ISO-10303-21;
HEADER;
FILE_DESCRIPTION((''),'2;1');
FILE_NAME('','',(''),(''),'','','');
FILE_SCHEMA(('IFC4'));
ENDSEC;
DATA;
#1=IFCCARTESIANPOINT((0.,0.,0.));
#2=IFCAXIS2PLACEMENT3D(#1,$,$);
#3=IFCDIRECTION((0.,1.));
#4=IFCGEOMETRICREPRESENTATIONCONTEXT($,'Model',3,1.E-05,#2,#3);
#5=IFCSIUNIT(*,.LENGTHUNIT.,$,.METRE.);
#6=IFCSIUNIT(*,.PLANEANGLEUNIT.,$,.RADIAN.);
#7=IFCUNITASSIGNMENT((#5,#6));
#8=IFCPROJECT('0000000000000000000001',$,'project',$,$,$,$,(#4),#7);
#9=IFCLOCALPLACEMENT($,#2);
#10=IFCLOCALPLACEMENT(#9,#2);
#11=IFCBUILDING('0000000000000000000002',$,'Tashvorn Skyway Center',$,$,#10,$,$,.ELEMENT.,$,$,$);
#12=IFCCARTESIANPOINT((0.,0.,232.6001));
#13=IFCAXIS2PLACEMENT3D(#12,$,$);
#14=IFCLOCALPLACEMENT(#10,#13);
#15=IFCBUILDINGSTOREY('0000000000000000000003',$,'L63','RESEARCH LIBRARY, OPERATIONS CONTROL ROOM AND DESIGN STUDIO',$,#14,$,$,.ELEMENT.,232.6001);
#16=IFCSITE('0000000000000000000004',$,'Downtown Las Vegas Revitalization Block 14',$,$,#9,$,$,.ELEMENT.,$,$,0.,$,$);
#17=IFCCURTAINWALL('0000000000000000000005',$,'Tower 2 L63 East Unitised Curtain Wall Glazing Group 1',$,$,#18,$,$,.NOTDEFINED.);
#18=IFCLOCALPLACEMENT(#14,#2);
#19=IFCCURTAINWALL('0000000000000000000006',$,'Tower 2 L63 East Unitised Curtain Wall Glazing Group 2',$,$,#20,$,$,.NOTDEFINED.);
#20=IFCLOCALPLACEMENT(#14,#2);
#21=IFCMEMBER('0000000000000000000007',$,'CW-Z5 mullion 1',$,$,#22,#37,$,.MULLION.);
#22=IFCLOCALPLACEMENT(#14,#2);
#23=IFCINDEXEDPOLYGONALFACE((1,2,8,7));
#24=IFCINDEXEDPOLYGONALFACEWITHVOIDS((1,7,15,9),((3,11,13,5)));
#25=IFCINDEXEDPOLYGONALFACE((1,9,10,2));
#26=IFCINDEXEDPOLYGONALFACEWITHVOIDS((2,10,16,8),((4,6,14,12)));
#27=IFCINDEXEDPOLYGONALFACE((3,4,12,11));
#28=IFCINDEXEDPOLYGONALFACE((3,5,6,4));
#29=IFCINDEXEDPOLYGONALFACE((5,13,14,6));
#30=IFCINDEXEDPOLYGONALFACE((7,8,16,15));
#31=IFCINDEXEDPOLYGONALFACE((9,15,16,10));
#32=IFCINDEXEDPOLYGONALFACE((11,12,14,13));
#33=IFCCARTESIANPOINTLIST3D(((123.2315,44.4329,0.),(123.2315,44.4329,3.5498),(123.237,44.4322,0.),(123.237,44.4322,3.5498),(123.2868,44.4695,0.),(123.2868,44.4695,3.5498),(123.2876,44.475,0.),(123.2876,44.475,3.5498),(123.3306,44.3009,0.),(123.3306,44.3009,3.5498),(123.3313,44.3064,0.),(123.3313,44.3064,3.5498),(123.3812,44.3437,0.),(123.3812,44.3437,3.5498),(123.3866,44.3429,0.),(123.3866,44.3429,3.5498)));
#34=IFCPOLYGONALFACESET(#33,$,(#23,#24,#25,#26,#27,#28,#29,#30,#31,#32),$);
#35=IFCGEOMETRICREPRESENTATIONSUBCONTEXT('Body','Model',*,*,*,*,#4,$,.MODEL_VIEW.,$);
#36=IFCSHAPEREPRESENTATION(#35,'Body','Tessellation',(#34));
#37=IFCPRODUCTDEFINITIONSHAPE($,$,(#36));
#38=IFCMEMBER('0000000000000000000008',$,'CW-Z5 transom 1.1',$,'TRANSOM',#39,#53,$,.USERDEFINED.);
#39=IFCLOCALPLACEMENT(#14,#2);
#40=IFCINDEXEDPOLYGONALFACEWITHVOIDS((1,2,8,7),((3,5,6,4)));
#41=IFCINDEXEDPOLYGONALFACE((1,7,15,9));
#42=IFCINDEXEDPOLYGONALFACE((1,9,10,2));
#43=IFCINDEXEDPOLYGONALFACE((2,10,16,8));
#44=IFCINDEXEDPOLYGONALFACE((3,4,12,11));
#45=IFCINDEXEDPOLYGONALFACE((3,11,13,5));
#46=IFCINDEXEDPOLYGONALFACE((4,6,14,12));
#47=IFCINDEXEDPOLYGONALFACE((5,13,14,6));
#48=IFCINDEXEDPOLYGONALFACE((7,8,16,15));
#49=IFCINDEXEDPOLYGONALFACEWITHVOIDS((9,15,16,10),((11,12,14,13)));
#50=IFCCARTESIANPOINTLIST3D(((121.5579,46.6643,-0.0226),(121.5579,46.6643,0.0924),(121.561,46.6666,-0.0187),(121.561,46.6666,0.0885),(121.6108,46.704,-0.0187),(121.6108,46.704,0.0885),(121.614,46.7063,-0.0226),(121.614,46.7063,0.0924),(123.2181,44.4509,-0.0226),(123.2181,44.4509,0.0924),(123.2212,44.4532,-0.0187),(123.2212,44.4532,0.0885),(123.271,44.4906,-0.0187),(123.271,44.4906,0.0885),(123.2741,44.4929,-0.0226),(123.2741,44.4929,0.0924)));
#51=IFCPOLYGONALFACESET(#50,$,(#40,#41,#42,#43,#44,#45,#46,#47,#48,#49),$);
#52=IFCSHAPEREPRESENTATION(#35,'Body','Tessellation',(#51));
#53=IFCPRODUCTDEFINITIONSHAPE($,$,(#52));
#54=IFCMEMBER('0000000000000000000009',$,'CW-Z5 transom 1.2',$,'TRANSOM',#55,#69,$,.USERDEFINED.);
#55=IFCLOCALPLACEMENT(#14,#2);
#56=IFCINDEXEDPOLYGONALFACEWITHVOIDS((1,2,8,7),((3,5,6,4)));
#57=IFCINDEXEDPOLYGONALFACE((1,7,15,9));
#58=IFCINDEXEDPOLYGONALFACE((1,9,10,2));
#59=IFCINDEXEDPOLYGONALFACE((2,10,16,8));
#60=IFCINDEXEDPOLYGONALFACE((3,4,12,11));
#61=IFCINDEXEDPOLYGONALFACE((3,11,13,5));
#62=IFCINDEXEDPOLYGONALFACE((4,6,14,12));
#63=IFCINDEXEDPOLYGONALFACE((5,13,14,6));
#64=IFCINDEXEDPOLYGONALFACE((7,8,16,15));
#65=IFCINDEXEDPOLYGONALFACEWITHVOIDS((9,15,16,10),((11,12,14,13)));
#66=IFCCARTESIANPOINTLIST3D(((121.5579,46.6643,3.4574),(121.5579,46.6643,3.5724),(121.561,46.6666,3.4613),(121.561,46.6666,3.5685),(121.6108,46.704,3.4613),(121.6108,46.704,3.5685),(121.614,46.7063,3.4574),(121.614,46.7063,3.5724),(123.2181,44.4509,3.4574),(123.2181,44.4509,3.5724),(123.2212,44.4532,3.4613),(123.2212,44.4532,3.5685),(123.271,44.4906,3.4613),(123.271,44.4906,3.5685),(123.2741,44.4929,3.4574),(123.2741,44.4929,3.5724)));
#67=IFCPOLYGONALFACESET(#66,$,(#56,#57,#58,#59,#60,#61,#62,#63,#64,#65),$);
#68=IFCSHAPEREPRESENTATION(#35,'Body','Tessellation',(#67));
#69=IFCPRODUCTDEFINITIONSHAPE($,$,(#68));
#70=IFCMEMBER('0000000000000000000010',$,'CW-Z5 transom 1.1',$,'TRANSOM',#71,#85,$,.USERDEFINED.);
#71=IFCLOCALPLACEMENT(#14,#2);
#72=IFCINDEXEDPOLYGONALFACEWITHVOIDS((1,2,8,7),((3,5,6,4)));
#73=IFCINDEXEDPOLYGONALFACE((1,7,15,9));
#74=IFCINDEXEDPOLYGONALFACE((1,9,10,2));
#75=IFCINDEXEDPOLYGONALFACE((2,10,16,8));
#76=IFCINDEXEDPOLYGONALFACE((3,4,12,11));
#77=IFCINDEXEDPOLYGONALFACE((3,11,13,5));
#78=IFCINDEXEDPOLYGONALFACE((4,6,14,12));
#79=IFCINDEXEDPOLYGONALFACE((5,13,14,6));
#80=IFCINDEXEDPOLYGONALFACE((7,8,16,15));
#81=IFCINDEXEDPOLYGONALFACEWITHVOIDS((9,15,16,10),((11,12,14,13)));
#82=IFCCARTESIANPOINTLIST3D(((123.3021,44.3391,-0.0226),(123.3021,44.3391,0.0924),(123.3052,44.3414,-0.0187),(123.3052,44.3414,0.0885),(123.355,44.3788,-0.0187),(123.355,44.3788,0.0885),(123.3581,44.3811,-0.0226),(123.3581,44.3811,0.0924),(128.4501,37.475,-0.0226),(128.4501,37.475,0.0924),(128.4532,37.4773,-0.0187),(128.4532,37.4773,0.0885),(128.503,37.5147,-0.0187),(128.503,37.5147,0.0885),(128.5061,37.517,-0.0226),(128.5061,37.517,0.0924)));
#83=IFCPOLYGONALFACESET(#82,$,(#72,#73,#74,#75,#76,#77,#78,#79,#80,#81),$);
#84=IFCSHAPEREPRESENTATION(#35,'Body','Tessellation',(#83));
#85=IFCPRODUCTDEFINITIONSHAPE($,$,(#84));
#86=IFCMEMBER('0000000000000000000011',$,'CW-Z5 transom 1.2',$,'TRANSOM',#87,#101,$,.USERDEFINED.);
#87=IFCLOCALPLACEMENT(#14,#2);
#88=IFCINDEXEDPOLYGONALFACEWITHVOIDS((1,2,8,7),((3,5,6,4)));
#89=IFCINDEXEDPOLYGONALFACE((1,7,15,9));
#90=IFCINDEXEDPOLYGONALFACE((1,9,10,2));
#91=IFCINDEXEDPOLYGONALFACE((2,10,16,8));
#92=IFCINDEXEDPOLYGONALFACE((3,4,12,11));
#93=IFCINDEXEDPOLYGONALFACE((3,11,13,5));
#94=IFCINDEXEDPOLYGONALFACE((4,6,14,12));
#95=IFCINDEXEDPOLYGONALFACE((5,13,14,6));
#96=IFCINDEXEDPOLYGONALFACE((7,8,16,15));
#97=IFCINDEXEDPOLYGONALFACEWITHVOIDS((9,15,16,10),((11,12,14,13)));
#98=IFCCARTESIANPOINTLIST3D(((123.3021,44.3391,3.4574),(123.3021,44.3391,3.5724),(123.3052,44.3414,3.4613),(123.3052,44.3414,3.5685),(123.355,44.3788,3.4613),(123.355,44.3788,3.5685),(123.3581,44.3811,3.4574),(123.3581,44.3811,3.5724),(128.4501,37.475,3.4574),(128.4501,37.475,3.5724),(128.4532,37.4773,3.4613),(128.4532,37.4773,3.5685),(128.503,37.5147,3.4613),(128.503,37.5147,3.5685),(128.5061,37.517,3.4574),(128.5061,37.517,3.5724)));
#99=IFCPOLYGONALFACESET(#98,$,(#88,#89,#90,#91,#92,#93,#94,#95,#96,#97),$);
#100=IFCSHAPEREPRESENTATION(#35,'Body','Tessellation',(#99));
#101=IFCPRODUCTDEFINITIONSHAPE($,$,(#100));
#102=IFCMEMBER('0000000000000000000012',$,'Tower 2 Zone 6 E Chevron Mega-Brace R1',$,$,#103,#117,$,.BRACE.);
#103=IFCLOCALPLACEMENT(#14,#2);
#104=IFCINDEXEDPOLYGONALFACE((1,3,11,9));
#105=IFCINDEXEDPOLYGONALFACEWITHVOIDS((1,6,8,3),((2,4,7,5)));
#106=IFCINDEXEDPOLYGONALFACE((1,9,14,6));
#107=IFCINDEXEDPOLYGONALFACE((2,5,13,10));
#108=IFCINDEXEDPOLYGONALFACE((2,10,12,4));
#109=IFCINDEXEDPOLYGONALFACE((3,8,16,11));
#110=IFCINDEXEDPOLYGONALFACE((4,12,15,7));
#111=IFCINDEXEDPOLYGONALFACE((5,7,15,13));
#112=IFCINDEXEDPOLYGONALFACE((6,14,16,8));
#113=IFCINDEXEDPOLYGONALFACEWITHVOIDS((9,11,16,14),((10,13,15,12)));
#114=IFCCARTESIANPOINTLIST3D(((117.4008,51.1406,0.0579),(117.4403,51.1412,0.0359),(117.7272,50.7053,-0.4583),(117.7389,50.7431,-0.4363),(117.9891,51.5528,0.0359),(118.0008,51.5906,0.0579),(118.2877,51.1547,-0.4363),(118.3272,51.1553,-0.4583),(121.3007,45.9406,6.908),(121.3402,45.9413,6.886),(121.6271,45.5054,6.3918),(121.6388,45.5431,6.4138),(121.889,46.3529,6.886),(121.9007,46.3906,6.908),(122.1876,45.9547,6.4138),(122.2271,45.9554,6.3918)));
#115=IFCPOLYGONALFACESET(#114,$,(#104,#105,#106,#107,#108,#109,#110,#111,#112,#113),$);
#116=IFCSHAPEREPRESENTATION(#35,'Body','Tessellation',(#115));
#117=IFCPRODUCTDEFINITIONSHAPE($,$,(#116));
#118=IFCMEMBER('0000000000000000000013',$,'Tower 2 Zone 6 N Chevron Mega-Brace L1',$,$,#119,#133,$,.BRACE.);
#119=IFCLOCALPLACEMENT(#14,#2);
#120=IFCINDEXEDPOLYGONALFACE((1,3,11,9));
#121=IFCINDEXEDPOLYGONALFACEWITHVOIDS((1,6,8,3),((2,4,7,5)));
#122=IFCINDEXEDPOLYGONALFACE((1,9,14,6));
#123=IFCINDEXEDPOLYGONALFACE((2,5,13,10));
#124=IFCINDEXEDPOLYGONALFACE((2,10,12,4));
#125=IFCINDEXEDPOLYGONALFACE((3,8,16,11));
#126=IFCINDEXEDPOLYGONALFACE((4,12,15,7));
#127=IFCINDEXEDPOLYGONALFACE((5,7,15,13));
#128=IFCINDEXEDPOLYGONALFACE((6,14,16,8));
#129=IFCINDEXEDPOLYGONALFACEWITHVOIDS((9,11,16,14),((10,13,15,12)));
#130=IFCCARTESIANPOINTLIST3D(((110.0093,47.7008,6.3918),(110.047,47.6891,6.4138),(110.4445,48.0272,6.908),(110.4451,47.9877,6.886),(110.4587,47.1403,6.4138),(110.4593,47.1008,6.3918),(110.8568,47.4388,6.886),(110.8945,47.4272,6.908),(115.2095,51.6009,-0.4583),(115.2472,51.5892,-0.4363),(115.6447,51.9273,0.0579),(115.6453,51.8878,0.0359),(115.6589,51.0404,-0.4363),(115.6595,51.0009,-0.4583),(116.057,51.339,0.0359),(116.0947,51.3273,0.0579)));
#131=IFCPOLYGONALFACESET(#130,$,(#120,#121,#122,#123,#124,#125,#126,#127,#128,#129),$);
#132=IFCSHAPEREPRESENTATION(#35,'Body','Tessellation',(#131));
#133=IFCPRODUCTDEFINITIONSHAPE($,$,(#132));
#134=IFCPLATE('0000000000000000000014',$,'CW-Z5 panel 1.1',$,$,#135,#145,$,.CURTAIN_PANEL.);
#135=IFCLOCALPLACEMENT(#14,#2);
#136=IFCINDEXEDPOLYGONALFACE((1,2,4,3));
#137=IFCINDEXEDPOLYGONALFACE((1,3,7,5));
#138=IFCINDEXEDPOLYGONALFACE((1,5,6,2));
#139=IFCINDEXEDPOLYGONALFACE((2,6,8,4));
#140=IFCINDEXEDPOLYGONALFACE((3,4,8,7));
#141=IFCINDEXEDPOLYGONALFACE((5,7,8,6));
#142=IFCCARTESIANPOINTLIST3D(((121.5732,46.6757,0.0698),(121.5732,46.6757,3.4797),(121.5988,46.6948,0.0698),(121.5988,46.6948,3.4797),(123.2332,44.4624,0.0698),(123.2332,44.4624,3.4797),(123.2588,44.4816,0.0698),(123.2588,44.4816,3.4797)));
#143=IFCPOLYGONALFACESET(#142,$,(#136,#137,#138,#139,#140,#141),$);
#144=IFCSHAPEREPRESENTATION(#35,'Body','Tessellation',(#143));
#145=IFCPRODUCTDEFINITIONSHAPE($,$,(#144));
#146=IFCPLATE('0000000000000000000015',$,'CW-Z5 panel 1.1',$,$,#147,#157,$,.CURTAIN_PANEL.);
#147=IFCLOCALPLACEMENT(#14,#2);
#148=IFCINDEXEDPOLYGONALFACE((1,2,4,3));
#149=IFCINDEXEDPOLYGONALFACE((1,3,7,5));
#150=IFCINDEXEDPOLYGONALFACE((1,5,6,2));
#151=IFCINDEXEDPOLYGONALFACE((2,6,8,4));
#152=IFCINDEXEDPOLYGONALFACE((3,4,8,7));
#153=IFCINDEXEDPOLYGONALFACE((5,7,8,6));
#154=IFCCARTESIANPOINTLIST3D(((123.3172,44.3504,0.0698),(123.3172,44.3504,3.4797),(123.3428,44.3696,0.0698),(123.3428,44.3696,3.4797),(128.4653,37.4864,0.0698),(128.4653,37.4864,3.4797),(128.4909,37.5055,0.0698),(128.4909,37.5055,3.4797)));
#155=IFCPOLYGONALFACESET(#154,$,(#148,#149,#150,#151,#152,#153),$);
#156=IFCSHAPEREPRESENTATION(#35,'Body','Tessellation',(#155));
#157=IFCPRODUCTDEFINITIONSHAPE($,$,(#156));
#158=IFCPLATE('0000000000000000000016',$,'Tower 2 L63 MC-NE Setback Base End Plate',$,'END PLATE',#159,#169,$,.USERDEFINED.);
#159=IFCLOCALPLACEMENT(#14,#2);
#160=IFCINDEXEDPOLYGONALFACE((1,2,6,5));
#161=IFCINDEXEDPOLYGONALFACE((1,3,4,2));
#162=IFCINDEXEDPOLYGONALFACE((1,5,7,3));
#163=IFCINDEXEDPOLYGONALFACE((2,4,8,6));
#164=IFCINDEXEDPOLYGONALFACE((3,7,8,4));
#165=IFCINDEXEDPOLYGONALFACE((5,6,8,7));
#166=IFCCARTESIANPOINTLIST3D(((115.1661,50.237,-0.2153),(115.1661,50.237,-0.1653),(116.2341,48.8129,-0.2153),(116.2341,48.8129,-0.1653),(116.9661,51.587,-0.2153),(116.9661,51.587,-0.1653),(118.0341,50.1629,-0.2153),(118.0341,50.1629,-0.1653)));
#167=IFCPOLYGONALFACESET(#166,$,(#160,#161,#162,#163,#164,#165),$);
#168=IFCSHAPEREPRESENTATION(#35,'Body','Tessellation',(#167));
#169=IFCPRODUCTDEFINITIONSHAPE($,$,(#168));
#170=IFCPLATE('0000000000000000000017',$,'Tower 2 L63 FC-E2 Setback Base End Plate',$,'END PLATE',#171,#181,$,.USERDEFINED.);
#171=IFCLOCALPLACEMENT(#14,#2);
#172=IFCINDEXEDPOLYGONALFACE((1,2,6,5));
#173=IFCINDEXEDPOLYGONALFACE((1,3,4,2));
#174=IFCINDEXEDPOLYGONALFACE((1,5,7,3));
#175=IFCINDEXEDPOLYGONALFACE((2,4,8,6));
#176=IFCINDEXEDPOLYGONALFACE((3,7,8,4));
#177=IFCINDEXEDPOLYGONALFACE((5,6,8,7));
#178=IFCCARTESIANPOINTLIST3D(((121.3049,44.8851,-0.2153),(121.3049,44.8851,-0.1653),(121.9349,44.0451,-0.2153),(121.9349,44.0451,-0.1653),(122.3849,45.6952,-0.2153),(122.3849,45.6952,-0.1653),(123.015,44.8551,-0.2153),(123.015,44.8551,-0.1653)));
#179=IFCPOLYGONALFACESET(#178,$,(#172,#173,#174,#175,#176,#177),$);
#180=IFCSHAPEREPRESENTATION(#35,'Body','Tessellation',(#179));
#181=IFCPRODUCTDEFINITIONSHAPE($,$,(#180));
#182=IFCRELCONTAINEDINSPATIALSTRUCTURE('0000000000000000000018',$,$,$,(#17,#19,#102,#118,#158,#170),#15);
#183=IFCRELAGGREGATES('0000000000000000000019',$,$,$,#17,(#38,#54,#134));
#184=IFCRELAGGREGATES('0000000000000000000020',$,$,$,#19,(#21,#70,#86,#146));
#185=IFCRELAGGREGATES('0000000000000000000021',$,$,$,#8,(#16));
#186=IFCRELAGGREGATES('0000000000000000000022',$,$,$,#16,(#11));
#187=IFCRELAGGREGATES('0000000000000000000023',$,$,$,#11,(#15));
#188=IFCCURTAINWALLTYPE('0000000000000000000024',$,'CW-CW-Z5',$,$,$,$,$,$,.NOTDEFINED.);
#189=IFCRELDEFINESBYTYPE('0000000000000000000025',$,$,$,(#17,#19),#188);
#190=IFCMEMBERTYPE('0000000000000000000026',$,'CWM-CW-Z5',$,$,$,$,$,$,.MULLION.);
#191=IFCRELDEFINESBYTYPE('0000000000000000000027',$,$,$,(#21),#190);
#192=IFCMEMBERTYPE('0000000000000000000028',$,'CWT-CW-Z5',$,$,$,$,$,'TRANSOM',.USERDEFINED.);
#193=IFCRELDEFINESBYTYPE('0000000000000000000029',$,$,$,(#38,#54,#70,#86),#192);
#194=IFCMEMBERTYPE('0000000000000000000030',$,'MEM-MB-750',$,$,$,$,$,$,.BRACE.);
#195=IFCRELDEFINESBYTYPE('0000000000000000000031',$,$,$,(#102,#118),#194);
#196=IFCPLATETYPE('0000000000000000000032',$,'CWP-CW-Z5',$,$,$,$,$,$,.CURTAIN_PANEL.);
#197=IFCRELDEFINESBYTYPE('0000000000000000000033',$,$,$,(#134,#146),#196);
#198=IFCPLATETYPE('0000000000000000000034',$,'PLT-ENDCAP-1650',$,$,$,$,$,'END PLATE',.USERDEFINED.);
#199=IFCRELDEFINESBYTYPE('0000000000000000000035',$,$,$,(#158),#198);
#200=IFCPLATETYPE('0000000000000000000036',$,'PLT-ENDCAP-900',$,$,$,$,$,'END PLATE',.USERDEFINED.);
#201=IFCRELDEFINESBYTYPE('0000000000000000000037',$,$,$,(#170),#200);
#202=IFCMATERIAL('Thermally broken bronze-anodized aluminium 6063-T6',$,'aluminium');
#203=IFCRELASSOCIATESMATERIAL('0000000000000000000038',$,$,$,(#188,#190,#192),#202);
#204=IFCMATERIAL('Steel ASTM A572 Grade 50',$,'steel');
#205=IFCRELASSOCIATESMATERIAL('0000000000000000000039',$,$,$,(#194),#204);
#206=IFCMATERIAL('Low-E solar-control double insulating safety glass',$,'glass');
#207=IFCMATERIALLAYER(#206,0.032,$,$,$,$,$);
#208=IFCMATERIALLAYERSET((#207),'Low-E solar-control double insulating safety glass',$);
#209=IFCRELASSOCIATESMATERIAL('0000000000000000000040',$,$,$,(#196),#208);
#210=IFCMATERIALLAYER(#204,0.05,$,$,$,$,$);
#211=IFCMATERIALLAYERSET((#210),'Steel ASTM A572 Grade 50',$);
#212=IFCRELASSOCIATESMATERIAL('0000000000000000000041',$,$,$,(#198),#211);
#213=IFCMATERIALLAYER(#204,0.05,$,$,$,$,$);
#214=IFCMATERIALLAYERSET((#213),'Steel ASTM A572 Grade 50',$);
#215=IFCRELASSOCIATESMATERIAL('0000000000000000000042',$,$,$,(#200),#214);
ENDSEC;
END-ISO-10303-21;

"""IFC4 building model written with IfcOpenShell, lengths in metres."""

from ifc_helpers import new_model, si_unit, direction, frame, origin, origin_2d, place, context, subcontext, project, spatial, rectangle, hollow_rectangle, extrude, material, layer, layer_set, material_profile, profile_set, type_object, element, aggregate, save


model = new_model("IFC4")

# Units and contexts
model_context = context("Model", 3, precision=1e-05, world=origin(), true_north=direction((0.0, 1.0)))
body_context = subcontext(model_context, "Body", "Model", "MODEL_VIEW")
ifc_project = project(units=[si_unit("LENGTHUNIT", "METRE"), si_unit("PLANEANGLEUNIT", "RADIAN")], contexts=[model_context])

# Site, building, storey
site_placement = place(None, origin())
site = spatial("IfcSite", under=ifc_project, at=site_placement, Name="Downtown Las Vegas Revitalization Block 14", CompositionType="ELEMENT", RefElevation=0.0)
building_placement = place(site_placement, origin())
building = spatial("IfcBuilding", under=site, at=building_placement, Name="Tashvorn Skyway Center", CompositionType="ELEMENT")
storey_placement = place(building_placement, frame((0.0, 0.0, 232.6001)))
storey = spatial("IfcBuildingStorey", under=building, at=storey_placement, Name="L63", Description="RESEARCH LIBRARY, OPERATIONS CONTROL ROOM AND DESIGN STUDIO", CompositionType="ELEMENT", Elevation=232.6001)

# Shared definitions
ifc_material_1 = material(Name="Steel ASTM A572 Grade 50", Category="steel")

# Curtain wall
ifc_material_2 = material(Name="Thermally broken bronze-anodized aluminium 6063-T6", Category="aluminium")
curtain_wall_type = type_object("IfcCurtainWallType", Name="CW-CW-Z5", PredefinedType="NOTDEFINED", material=ifc_material_2)
curtain_wall_1_placement = place(storey_placement, origin())
curtain_wall_1 = element("IfcCurtainWall", 1, at=curtain_wall_1_placement, inside=storey, type_object=curtain_wall_type, Name="Tower 2 L63 East Unitised Curtain Wall Glazing Group 1", PredefinedType="NOTDEFINED")
ifc_material_profile_1 = material_profile(ifc_material_2, hollow_rectangle(XDim=0.0701, YDim=0.165, WallThickness=0.0039, at=origin_2d()), Name="ALU-MULL-70x165")
ifc_profile_set_1 = profile_set([ifc_material_profile_1], Name="Thermally broken bronze-anodized aluminium 6063-T6")
member_type_1 = type_object("IfcMemberType", Name="CWM-CW-Z5", PredefinedType="MULLION", material=ifc_profile_set_1)

# Curtain wall, member
curtain_wall_2_placement = place(storey_placement, origin())
curtain_wall_2 = element("IfcCurtainWall", 2, at=curtain_wall_2_placement, inside=storey, type_object=curtain_wall_type, Name="Tower 2 L63 East Unitised Curtain Wall Glazing Group 2", PredefinedType="NOTDEFINED")
member_1_placement = place(storey_placement, frame((123.3091, 44.3879, 0.0), z_axis=(0.0, 0.0, 1.0), x_axis=(0.8, 0.6, 0.0)))
member_1 = element("IfcMember", 3, at=member_1_placement, type_object=member_type_1, Name="CW-Z5 mullion 1", PredefinedType="MULLION", context=body_context, shape_type="SweptSolid", body=[
    extrude(hollow_rectangle(XDim=0.0701, YDim=0.165, WallThickness=0.0039, at=origin_2d()), origin(), (0.0, 0.0, 1.0), 3.5498),
])

# Members
ifc_material_profile_2 = material_profile(ifc_material_2, hollow_rectangle(XDim=0.0701, YDim=0.115, WallThickness=0.0039, at=origin_2d()), Name="ALU-TRAN-70x115")
ifc_profile_set_2 = profile_set([ifc_material_profile_2], Name="Thermally broken bronze-anodized aluminium 6063-T6")
member_type_2 = type_object("IfcMemberType", Name="CWT-CW-Z5", ElementType="TRANSOM", PredefinedType="USERDEFINED", material=ifc_profile_set_2)
member_2_placement = place(storey_placement, frame((121.5859, 46.6853, 0.0349), z_axis=(0.600028, -0.799979, 0.0), x_axis=(0.799979, 0.600028, 0.0)))
member_2 = element("IfcMember", 4, at=member_2_placement, type_object=member_type_2, Name="CW-Z5 transom 1.1", ObjectType="TRANSOM", PredefinedType="USERDEFINED", context=body_context, shape_type="SweptSolid", body=[
    extrude(hollow_rectangle(XDim=0.0701, YDim=0.115, WallThickness=0.0039, at=origin_2d()), origin(), (0.0, 0.0, 1.0), 2.7668),
])
member_3_placement = place(storey_placement, frame((121.5859, 46.6853, 3.5149), z_axis=(0.600028, -0.799979, 0.0), x_axis=(0.799979, 0.600028, 0.0)))
member_3 = element("IfcMember", 5, at=member_3_placement, type_object=member_type_2, Name="CW-Z5 transom 1.2", ObjectType="TRANSOM", PredefinedType="USERDEFINED", context=body_context, shape_type="SweptSolid", body=[
    extrude(hollow_rectangle(XDim=0.0701, YDim=0.115, WallThickness=0.0039, at=origin_2d()), origin(), (0.0, 0.0, 1.0), 2.7668),
])
member_4_placement = place(storey_placement, frame((123.3301, 44.3601, 0.0349), z_axis=(0.599995, -0.800003, 0.0), x_axis=(0.800003, 0.599995, 0.0)))
member_4 = element("IfcMember", 6, at=member_4_placement, type_object=member_type_2, Name="CW-Z5 transom 1.1", ObjectType="TRANSOM", PredefinedType="USERDEFINED", context=body_context, shape_type="SweptSolid", body=[
    extrude(hollow_rectangle(XDim=0.0701, YDim=0.115, WallThickness=0.0039, at=origin_2d()), origin(), (0.0, 0.0, 1.0), 8.5801),
])
member_5_placement = place(storey_placement, frame((123.3301, 44.3601, 3.5149), z_axis=(0.599995, -0.800003, 0.0), x_axis=(0.800003, 0.599995, 0.0)))
member_5 = element("IfcMember", 7, at=member_5_placement, type_object=member_type_2, Name="CW-Z5 transom 1.2", ObjectType="TRANSOM", PredefinedType="USERDEFINED", context=body_context, shape_type="SweptSolid", body=[
    extrude(hollow_rectangle(XDim=0.0701, YDim=0.115, WallThickness=0.0039, at=origin_2d()), origin(), (0.0, 0.0, 1.0), 8.5801),
])

# Members
ifc_material_profile_3 = material_profile(ifc_material_1, hollow_rectangle(XDim=0.75, YDim=0.75, WallThickness=0.032, at=origin_2d()), Name="BOX750x750x32")
ifc_profile_set_3 = profile_set([ifc_material_profile_3], Name="Steel ASTM A572 Grade 50")
member_type_3 = type_object("IfcMemberType", Name="MEM-MB-750", PredefinedType="BRACE", material=ifc_profile_set_3)
member_6_placement = place(storey_placement, frame((117.864, 51.1479, -0.2002), z_axis=(0.412989, -0.55066, 0.725406), x_axis=(0.800005, 0.599994, 0.0)))
element("IfcMember", 8, at=member_6_placement, inside=storey, type_object=member_type_3, Name="Tower 2 Zone 6 E Chevron Mega-Brace R1", PredefinedType="BRACE", context=body_context, shape_type="SweptSolid", body=[
    extrude(hollow_rectangle(XDim=0.75, YDim=0.75, WallThickness=0.032, at=origin_2d()), origin(), (0.0, 0.0, 1.0), 9.4431),
])
member_7_placement = place(storey_placement, frame((115.6521, 51.4641, -0.2002), z_axis=(-0.550672, -0.413004, 0.725388), x_axis=(0.6, -0.8, 0.0)))
element("IfcMember", 9, at=member_7_placement, inside=storey, type_object=member_type_3, Name="Tower 2 Zone 6 N Chevron Mega-Brace L1", PredefinedType="BRACE", context=body_context, shape_type="SweptSolid", body=[
    extrude(hollow_rectangle(XDim=0.75, YDim=0.75, WallThickness=0.032, at=origin_2d()), origin(), (0.0, 0.0, 1.0), 9.4434),
])

# Plates
ifc_material_3 = material(Name="Low-E solar-control double insulating safety glass", Category="glass")
ifc_layer_1 = layer(ifc_material_3, 0.032)
ifc_layer_set_1 = layer_set([ifc_layer_1], Name="Low-E solar-control double insulating safety glass")
plate_type_1 = type_object("IfcPlateType", Name="CWP-CW-Z5", PredefinedType="CURTAIN_PANEL", material=ifc_layer_set_1)
plate_1_placement = place(storey_placement, frame((122.416, 45.5786, 0.0698), z_axis=(0.0, 0.0, 1.0), x_axis=(0.600006, -0.799996, 0.0)))
plate_1 = element("IfcPlate", 10, at=plate_1_placement, type_object=plate_type_1, Name="CW-Z5 panel 1.1", PredefinedType="CURTAIN_PANEL", context=body_context, shape_type="SweptSolid", body=[
    extrude(rectangle(XDim=2.7666, YDim=0.032, at=origin_2d()), origin(), (0.0, 0.0, 1.0), 3.4099),
])
aggregate(curtain_wall_1, [member_2, member_3, plate_1])
plate_2_placement = place(storey_placement, frame((125.9041, 40.928, 0.0698), z_axis=(0.0, 0.0, 1.0), x_axis=(0.6, -0.8, 0.0)))
plate_2 = element("IfcPlate", 11, at=plate_2_placement, type_object=plate_type_1, Name="CW-Z5 panel 1.1", PredefinedType="CURTAIN_PANEL", context=body_context, shape_type="SweptSolid", body=[
    extrude(rectangle(XDim=8.5801, YDim=0.032, at=origin_2d()), origin(), (0.0, 0.0, 1.0), 3.4099),
])
aggregate(curtain_wall_2, [member_1, member_4, member_5, plate_2])

# Plates
ifc_layer_2 = layer(ifc_material_1, 0.05)
ifc_layer_set_2 = layer_set([ifc_layer_2], Name="Steel ASTM A572 Grade 50")
plate_type_2 = type_object("IfcPlateType", Name="PLT-ENDCAP-1650", ElementType="END PLATE", PredefinedType="USERDEFINED", material=ifc_layer_set_2)
plate_3_placement = place(storey_placement, frame((116.6001, 50.2, -0.2153), z_axis=(0.0, 0.0, 1.0), x_axis=(0.8, 0.6, 0.0)))
element("IfcPlate", 12, at=plate_3_placement, inside=storey, type_object=plate_type_2, Name="Tower 2 L63 MC-NE Setback Base End Plate", ObjectType="END PLATE", PredefinedType="USERDEFINED", context=body_context, shape_type="SweptSolid", body=[
    extrude(rectangle(XDim=2.25, YDim=1.78, at=origin_2d()), origin(), (0.0, 0.0, 1.0), 0.05),
])
ifc_layer_3 = layer(ifc_material_1, 0.05)
ifc_layer_set_3 = layer_set([ifc_layer_3], Name="Steel ASTM A572 Grade 50")
plate_type_3 = type_object("IfcPlateType", Name="PLT-ENDCAP-900", ElementType="END PLATE", PredefinedType="USERDEFINED", material=ifc_layer_set_3)
plate_4_placement = place(storey_placement, frame((122.1599, 44.8701, -0.2153), z_axis=(0.0, 0.0, 1.0), x_axis=(0.8, 0.6, 0.0)))
element("IfcPlate", 13, at=plate_4_placement, inside=storey, type_object=plate_type_3, Name="Tower 2 L63 FC-E2 Setback Base End Plate", ObjectType="END PLATE", PredefinedType="USERDEFINED", context=body_context, shape_type="SweptSolid", body=[
    extrude(rectangle(XDim=1.3501, YDim=1.05, at=origin_2d()), origin(), (0.0, 0.0, 1.0), 0.05),
])

save(model, "model.ifc")
